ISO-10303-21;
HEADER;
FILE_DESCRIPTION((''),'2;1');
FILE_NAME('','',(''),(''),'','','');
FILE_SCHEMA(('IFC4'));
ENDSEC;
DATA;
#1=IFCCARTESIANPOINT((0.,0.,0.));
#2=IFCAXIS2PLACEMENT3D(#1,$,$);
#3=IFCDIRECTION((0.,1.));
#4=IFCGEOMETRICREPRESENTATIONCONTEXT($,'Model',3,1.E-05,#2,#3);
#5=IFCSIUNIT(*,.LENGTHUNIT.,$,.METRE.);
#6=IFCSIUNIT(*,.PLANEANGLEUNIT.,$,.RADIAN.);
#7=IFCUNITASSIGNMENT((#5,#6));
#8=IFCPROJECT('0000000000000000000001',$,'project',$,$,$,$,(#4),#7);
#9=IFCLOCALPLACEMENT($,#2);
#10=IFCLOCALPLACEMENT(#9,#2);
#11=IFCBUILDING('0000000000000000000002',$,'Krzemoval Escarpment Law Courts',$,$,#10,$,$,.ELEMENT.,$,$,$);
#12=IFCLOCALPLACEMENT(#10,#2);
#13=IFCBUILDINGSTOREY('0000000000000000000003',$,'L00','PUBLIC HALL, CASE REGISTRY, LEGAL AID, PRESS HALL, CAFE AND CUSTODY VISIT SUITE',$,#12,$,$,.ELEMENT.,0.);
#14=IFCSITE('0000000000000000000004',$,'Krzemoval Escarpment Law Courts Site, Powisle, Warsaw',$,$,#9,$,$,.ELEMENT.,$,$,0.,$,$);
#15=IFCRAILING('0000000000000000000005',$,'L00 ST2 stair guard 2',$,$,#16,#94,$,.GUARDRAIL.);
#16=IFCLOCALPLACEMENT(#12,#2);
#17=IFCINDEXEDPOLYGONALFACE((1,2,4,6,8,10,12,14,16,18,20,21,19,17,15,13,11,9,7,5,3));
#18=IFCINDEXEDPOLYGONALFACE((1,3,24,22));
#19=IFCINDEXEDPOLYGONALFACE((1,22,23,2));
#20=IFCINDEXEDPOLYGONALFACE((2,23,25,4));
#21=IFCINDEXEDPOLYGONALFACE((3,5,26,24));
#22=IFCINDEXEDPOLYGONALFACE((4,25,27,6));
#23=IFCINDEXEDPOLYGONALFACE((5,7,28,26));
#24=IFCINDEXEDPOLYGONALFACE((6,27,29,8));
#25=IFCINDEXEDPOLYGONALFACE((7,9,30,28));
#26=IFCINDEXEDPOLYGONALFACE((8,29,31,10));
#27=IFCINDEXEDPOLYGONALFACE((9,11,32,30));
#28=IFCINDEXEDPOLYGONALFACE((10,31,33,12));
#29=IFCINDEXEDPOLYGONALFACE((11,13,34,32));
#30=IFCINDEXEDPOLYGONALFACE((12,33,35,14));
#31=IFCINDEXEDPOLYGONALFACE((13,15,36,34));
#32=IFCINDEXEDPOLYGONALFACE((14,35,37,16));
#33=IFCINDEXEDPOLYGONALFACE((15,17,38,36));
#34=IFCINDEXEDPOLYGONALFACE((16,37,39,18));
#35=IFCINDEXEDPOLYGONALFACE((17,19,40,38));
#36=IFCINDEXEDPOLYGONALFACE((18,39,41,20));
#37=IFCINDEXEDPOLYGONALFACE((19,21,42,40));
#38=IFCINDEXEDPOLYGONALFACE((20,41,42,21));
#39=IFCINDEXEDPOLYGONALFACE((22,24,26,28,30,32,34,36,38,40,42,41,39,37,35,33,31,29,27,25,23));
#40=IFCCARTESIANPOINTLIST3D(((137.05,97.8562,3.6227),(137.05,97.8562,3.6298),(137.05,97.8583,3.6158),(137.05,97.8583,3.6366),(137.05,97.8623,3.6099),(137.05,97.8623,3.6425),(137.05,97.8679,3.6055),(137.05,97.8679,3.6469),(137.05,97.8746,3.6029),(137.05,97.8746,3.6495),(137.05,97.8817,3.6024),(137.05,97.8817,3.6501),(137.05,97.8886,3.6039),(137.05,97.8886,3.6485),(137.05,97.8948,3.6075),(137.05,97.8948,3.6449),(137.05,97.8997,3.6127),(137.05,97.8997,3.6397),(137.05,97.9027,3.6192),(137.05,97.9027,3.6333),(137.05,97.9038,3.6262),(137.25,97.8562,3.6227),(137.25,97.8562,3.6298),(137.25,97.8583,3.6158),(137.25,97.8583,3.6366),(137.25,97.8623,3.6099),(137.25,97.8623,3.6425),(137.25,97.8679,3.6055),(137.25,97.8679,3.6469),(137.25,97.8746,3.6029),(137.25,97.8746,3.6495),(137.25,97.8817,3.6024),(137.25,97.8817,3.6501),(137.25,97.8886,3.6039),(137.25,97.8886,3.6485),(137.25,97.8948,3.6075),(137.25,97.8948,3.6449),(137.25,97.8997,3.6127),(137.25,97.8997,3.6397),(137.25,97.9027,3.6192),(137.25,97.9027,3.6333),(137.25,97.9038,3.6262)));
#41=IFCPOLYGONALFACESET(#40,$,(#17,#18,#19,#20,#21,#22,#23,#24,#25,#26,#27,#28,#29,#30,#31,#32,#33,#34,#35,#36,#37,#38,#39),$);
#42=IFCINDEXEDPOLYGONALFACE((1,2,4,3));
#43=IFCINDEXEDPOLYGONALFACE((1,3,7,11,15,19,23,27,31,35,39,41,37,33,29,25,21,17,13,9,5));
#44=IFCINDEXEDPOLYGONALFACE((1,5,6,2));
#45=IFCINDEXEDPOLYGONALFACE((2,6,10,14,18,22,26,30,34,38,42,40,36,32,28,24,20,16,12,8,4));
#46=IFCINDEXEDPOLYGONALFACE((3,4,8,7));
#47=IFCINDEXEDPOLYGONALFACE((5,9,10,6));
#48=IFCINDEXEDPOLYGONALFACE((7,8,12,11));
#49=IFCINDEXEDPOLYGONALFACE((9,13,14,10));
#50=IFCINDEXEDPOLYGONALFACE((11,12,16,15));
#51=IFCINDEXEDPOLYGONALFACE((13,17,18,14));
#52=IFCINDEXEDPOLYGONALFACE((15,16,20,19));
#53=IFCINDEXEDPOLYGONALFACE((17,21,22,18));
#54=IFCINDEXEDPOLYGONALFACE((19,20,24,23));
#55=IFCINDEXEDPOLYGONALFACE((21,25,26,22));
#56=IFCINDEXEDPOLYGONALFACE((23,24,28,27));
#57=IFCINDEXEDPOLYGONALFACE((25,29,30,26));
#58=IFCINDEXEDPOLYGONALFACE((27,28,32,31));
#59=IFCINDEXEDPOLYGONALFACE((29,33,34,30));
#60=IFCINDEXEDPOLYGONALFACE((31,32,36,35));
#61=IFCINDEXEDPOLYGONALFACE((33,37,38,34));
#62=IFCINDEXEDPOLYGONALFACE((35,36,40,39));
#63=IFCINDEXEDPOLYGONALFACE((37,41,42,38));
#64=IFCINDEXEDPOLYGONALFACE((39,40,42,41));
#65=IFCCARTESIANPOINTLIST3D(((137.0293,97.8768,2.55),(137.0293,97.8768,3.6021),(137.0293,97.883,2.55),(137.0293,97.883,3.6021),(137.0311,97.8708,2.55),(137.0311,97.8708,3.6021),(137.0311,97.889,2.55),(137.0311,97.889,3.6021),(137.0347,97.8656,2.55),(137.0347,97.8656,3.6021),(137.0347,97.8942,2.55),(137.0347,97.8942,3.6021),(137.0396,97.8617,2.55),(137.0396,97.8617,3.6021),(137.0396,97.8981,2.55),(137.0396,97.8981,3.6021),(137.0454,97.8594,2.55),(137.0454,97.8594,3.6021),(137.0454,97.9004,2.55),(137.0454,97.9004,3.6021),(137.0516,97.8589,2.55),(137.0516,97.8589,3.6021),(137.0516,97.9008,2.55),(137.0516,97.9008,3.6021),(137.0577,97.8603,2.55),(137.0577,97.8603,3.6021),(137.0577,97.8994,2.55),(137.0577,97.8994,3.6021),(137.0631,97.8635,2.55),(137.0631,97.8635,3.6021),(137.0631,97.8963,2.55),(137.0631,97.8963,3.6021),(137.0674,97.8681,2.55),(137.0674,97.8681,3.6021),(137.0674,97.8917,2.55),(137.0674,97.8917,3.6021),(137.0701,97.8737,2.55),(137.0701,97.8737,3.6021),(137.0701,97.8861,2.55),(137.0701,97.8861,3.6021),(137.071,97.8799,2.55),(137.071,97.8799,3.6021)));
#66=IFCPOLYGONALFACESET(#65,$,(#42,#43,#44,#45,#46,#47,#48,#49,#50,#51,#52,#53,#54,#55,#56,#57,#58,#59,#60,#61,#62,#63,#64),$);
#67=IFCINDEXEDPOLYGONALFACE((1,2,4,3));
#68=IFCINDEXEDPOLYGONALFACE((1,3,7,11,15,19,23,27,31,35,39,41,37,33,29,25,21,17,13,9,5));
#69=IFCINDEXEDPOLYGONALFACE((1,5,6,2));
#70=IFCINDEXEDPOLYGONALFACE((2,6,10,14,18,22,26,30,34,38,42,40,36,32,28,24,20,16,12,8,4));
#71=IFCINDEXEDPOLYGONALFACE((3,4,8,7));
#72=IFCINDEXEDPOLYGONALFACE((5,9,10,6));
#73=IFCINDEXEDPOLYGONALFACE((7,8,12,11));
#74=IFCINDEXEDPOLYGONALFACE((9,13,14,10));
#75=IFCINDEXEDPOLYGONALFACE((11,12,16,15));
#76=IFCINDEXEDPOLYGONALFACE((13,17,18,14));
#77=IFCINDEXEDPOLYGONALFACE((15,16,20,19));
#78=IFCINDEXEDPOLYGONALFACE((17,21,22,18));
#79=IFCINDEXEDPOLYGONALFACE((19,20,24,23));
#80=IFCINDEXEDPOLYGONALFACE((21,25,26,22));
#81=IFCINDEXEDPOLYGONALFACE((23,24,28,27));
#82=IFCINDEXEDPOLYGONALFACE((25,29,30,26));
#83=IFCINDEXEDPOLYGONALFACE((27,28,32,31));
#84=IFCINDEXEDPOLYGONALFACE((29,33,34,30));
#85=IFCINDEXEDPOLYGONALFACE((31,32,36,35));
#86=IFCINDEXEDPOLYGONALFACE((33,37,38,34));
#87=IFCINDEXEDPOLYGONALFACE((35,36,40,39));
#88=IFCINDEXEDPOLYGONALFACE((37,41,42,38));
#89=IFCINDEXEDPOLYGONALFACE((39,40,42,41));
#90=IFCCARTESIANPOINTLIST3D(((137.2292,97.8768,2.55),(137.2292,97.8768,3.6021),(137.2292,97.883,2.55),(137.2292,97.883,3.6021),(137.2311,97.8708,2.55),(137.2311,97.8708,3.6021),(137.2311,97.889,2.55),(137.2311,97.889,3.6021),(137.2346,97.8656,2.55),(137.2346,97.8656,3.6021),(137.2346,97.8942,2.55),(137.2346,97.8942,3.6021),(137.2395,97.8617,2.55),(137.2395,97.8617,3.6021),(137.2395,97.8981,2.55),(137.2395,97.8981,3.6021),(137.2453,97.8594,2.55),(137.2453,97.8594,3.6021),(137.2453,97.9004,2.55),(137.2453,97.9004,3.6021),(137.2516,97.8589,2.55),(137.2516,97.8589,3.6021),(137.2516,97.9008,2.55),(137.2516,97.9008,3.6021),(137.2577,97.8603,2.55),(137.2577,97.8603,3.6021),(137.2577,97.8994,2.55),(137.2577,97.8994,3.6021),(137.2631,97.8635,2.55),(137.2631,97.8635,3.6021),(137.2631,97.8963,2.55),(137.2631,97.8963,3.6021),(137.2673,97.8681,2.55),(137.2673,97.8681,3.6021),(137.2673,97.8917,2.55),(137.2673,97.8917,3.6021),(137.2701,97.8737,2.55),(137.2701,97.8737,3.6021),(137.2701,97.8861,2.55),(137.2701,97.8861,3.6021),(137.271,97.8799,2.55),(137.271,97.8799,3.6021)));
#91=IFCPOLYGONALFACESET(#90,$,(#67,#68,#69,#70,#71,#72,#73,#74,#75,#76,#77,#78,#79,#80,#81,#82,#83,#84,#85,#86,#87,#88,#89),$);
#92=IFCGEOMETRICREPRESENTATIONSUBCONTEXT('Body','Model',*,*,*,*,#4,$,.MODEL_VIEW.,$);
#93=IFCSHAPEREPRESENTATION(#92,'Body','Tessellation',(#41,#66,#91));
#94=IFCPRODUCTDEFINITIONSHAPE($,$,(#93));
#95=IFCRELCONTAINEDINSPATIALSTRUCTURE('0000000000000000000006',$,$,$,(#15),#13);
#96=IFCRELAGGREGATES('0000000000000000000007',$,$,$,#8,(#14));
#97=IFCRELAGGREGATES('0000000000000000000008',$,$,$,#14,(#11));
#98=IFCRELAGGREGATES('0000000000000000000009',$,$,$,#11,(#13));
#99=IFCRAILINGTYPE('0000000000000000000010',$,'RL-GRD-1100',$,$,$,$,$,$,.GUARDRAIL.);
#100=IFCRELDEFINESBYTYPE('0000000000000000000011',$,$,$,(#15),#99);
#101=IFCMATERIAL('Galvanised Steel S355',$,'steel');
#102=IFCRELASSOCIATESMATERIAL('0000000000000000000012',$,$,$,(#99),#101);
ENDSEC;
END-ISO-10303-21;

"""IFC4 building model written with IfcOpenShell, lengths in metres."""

from ifc_helpers import new_model, si_unit, direction, frame, origin, origin_2d, place, context, subcontext, project, spatial, circle, extrude, material, type_object, element, save


model = new_model("IFC4")

# Units and contexts
model_context = context("Model", 3, precision=1e-05, world=origin(), true_north=direction((0.0, 1.0)))
body_context = subcontext(model_context, "Body", "Model", "MODEL_VIEW")
ifc_project = project(units=[si_unit("LENGTHUNIT", "METRE"), si_unit("PLANEANGLEUNIT", "RADIAN")], contexts=[model_context])

# Site, building, storey
site_placement = place(None, origin())
site = spatial("IfcSite", under=ifc_project, at=site_placement, Name="Krzemoval Escarpment Law Courts Site, Powisle, Warsaw", CompositionType="ELEMENT", RefElevation=0.0)
building_placement = place(site_placement, origin())
building = spatial("IfcBuilding", under=site, at=building_placement, Name="Krzemoval Escarpment Law Courts", CompositionType="ELEMENT")
storey_placement = place(building_placement, origin())
storey = spatial("IfcBuildingStorey", under=building, at=storey_placement, Name="L00", Description="PUBLIC HALL, CASE REGISTRY, LEGAL AID, PRESS HALL, CAFE AND CUSTODY VISIT SUITE", CompositionType="ELEMENT", Elevation=0.0)

# Railing
ifc_material_1 = material(Name="Galvanised Steel S355", Category="steel")
railing_type_1 = type_object("IfcRailingType", Name="RL-GRD-1100", PredefinedType="GUARDRAIL", material=ifc_material_1)
railing_1_placement = place(storey_placement, frame((137.05, 97.8799, 2.55)))
element("IfcRailing", 1, at=railing_1_placement, inside=storey, type_object=railing_type_1, Name="L00 ST2 stair guard 2", PredefinedType="GUARDRAIL", context=body_context, shape_type="SweptSolid", body=[
    extrude(circle(Radius=0.0239, at=origin_2d()), frame((0.0, 0.0, 1.0762), z_axis=(1.0, 0.0, 0.0), x_axis=(0.0, 1.0, 0.0)), (0.0, 0.0, 1.0), 0.2),
    extrude(circle(Radius=0.021, at=origin_2d()), origin(), (0.0, 0.0, 1.0), 1.052),
    extrude(circle(Radius=0.021, at=origin_2d()), frame((0.2, 0.0, 0.0)), (0.0, 0.0, 1.0), 1.052),
])

save(model, "model.ifc")
